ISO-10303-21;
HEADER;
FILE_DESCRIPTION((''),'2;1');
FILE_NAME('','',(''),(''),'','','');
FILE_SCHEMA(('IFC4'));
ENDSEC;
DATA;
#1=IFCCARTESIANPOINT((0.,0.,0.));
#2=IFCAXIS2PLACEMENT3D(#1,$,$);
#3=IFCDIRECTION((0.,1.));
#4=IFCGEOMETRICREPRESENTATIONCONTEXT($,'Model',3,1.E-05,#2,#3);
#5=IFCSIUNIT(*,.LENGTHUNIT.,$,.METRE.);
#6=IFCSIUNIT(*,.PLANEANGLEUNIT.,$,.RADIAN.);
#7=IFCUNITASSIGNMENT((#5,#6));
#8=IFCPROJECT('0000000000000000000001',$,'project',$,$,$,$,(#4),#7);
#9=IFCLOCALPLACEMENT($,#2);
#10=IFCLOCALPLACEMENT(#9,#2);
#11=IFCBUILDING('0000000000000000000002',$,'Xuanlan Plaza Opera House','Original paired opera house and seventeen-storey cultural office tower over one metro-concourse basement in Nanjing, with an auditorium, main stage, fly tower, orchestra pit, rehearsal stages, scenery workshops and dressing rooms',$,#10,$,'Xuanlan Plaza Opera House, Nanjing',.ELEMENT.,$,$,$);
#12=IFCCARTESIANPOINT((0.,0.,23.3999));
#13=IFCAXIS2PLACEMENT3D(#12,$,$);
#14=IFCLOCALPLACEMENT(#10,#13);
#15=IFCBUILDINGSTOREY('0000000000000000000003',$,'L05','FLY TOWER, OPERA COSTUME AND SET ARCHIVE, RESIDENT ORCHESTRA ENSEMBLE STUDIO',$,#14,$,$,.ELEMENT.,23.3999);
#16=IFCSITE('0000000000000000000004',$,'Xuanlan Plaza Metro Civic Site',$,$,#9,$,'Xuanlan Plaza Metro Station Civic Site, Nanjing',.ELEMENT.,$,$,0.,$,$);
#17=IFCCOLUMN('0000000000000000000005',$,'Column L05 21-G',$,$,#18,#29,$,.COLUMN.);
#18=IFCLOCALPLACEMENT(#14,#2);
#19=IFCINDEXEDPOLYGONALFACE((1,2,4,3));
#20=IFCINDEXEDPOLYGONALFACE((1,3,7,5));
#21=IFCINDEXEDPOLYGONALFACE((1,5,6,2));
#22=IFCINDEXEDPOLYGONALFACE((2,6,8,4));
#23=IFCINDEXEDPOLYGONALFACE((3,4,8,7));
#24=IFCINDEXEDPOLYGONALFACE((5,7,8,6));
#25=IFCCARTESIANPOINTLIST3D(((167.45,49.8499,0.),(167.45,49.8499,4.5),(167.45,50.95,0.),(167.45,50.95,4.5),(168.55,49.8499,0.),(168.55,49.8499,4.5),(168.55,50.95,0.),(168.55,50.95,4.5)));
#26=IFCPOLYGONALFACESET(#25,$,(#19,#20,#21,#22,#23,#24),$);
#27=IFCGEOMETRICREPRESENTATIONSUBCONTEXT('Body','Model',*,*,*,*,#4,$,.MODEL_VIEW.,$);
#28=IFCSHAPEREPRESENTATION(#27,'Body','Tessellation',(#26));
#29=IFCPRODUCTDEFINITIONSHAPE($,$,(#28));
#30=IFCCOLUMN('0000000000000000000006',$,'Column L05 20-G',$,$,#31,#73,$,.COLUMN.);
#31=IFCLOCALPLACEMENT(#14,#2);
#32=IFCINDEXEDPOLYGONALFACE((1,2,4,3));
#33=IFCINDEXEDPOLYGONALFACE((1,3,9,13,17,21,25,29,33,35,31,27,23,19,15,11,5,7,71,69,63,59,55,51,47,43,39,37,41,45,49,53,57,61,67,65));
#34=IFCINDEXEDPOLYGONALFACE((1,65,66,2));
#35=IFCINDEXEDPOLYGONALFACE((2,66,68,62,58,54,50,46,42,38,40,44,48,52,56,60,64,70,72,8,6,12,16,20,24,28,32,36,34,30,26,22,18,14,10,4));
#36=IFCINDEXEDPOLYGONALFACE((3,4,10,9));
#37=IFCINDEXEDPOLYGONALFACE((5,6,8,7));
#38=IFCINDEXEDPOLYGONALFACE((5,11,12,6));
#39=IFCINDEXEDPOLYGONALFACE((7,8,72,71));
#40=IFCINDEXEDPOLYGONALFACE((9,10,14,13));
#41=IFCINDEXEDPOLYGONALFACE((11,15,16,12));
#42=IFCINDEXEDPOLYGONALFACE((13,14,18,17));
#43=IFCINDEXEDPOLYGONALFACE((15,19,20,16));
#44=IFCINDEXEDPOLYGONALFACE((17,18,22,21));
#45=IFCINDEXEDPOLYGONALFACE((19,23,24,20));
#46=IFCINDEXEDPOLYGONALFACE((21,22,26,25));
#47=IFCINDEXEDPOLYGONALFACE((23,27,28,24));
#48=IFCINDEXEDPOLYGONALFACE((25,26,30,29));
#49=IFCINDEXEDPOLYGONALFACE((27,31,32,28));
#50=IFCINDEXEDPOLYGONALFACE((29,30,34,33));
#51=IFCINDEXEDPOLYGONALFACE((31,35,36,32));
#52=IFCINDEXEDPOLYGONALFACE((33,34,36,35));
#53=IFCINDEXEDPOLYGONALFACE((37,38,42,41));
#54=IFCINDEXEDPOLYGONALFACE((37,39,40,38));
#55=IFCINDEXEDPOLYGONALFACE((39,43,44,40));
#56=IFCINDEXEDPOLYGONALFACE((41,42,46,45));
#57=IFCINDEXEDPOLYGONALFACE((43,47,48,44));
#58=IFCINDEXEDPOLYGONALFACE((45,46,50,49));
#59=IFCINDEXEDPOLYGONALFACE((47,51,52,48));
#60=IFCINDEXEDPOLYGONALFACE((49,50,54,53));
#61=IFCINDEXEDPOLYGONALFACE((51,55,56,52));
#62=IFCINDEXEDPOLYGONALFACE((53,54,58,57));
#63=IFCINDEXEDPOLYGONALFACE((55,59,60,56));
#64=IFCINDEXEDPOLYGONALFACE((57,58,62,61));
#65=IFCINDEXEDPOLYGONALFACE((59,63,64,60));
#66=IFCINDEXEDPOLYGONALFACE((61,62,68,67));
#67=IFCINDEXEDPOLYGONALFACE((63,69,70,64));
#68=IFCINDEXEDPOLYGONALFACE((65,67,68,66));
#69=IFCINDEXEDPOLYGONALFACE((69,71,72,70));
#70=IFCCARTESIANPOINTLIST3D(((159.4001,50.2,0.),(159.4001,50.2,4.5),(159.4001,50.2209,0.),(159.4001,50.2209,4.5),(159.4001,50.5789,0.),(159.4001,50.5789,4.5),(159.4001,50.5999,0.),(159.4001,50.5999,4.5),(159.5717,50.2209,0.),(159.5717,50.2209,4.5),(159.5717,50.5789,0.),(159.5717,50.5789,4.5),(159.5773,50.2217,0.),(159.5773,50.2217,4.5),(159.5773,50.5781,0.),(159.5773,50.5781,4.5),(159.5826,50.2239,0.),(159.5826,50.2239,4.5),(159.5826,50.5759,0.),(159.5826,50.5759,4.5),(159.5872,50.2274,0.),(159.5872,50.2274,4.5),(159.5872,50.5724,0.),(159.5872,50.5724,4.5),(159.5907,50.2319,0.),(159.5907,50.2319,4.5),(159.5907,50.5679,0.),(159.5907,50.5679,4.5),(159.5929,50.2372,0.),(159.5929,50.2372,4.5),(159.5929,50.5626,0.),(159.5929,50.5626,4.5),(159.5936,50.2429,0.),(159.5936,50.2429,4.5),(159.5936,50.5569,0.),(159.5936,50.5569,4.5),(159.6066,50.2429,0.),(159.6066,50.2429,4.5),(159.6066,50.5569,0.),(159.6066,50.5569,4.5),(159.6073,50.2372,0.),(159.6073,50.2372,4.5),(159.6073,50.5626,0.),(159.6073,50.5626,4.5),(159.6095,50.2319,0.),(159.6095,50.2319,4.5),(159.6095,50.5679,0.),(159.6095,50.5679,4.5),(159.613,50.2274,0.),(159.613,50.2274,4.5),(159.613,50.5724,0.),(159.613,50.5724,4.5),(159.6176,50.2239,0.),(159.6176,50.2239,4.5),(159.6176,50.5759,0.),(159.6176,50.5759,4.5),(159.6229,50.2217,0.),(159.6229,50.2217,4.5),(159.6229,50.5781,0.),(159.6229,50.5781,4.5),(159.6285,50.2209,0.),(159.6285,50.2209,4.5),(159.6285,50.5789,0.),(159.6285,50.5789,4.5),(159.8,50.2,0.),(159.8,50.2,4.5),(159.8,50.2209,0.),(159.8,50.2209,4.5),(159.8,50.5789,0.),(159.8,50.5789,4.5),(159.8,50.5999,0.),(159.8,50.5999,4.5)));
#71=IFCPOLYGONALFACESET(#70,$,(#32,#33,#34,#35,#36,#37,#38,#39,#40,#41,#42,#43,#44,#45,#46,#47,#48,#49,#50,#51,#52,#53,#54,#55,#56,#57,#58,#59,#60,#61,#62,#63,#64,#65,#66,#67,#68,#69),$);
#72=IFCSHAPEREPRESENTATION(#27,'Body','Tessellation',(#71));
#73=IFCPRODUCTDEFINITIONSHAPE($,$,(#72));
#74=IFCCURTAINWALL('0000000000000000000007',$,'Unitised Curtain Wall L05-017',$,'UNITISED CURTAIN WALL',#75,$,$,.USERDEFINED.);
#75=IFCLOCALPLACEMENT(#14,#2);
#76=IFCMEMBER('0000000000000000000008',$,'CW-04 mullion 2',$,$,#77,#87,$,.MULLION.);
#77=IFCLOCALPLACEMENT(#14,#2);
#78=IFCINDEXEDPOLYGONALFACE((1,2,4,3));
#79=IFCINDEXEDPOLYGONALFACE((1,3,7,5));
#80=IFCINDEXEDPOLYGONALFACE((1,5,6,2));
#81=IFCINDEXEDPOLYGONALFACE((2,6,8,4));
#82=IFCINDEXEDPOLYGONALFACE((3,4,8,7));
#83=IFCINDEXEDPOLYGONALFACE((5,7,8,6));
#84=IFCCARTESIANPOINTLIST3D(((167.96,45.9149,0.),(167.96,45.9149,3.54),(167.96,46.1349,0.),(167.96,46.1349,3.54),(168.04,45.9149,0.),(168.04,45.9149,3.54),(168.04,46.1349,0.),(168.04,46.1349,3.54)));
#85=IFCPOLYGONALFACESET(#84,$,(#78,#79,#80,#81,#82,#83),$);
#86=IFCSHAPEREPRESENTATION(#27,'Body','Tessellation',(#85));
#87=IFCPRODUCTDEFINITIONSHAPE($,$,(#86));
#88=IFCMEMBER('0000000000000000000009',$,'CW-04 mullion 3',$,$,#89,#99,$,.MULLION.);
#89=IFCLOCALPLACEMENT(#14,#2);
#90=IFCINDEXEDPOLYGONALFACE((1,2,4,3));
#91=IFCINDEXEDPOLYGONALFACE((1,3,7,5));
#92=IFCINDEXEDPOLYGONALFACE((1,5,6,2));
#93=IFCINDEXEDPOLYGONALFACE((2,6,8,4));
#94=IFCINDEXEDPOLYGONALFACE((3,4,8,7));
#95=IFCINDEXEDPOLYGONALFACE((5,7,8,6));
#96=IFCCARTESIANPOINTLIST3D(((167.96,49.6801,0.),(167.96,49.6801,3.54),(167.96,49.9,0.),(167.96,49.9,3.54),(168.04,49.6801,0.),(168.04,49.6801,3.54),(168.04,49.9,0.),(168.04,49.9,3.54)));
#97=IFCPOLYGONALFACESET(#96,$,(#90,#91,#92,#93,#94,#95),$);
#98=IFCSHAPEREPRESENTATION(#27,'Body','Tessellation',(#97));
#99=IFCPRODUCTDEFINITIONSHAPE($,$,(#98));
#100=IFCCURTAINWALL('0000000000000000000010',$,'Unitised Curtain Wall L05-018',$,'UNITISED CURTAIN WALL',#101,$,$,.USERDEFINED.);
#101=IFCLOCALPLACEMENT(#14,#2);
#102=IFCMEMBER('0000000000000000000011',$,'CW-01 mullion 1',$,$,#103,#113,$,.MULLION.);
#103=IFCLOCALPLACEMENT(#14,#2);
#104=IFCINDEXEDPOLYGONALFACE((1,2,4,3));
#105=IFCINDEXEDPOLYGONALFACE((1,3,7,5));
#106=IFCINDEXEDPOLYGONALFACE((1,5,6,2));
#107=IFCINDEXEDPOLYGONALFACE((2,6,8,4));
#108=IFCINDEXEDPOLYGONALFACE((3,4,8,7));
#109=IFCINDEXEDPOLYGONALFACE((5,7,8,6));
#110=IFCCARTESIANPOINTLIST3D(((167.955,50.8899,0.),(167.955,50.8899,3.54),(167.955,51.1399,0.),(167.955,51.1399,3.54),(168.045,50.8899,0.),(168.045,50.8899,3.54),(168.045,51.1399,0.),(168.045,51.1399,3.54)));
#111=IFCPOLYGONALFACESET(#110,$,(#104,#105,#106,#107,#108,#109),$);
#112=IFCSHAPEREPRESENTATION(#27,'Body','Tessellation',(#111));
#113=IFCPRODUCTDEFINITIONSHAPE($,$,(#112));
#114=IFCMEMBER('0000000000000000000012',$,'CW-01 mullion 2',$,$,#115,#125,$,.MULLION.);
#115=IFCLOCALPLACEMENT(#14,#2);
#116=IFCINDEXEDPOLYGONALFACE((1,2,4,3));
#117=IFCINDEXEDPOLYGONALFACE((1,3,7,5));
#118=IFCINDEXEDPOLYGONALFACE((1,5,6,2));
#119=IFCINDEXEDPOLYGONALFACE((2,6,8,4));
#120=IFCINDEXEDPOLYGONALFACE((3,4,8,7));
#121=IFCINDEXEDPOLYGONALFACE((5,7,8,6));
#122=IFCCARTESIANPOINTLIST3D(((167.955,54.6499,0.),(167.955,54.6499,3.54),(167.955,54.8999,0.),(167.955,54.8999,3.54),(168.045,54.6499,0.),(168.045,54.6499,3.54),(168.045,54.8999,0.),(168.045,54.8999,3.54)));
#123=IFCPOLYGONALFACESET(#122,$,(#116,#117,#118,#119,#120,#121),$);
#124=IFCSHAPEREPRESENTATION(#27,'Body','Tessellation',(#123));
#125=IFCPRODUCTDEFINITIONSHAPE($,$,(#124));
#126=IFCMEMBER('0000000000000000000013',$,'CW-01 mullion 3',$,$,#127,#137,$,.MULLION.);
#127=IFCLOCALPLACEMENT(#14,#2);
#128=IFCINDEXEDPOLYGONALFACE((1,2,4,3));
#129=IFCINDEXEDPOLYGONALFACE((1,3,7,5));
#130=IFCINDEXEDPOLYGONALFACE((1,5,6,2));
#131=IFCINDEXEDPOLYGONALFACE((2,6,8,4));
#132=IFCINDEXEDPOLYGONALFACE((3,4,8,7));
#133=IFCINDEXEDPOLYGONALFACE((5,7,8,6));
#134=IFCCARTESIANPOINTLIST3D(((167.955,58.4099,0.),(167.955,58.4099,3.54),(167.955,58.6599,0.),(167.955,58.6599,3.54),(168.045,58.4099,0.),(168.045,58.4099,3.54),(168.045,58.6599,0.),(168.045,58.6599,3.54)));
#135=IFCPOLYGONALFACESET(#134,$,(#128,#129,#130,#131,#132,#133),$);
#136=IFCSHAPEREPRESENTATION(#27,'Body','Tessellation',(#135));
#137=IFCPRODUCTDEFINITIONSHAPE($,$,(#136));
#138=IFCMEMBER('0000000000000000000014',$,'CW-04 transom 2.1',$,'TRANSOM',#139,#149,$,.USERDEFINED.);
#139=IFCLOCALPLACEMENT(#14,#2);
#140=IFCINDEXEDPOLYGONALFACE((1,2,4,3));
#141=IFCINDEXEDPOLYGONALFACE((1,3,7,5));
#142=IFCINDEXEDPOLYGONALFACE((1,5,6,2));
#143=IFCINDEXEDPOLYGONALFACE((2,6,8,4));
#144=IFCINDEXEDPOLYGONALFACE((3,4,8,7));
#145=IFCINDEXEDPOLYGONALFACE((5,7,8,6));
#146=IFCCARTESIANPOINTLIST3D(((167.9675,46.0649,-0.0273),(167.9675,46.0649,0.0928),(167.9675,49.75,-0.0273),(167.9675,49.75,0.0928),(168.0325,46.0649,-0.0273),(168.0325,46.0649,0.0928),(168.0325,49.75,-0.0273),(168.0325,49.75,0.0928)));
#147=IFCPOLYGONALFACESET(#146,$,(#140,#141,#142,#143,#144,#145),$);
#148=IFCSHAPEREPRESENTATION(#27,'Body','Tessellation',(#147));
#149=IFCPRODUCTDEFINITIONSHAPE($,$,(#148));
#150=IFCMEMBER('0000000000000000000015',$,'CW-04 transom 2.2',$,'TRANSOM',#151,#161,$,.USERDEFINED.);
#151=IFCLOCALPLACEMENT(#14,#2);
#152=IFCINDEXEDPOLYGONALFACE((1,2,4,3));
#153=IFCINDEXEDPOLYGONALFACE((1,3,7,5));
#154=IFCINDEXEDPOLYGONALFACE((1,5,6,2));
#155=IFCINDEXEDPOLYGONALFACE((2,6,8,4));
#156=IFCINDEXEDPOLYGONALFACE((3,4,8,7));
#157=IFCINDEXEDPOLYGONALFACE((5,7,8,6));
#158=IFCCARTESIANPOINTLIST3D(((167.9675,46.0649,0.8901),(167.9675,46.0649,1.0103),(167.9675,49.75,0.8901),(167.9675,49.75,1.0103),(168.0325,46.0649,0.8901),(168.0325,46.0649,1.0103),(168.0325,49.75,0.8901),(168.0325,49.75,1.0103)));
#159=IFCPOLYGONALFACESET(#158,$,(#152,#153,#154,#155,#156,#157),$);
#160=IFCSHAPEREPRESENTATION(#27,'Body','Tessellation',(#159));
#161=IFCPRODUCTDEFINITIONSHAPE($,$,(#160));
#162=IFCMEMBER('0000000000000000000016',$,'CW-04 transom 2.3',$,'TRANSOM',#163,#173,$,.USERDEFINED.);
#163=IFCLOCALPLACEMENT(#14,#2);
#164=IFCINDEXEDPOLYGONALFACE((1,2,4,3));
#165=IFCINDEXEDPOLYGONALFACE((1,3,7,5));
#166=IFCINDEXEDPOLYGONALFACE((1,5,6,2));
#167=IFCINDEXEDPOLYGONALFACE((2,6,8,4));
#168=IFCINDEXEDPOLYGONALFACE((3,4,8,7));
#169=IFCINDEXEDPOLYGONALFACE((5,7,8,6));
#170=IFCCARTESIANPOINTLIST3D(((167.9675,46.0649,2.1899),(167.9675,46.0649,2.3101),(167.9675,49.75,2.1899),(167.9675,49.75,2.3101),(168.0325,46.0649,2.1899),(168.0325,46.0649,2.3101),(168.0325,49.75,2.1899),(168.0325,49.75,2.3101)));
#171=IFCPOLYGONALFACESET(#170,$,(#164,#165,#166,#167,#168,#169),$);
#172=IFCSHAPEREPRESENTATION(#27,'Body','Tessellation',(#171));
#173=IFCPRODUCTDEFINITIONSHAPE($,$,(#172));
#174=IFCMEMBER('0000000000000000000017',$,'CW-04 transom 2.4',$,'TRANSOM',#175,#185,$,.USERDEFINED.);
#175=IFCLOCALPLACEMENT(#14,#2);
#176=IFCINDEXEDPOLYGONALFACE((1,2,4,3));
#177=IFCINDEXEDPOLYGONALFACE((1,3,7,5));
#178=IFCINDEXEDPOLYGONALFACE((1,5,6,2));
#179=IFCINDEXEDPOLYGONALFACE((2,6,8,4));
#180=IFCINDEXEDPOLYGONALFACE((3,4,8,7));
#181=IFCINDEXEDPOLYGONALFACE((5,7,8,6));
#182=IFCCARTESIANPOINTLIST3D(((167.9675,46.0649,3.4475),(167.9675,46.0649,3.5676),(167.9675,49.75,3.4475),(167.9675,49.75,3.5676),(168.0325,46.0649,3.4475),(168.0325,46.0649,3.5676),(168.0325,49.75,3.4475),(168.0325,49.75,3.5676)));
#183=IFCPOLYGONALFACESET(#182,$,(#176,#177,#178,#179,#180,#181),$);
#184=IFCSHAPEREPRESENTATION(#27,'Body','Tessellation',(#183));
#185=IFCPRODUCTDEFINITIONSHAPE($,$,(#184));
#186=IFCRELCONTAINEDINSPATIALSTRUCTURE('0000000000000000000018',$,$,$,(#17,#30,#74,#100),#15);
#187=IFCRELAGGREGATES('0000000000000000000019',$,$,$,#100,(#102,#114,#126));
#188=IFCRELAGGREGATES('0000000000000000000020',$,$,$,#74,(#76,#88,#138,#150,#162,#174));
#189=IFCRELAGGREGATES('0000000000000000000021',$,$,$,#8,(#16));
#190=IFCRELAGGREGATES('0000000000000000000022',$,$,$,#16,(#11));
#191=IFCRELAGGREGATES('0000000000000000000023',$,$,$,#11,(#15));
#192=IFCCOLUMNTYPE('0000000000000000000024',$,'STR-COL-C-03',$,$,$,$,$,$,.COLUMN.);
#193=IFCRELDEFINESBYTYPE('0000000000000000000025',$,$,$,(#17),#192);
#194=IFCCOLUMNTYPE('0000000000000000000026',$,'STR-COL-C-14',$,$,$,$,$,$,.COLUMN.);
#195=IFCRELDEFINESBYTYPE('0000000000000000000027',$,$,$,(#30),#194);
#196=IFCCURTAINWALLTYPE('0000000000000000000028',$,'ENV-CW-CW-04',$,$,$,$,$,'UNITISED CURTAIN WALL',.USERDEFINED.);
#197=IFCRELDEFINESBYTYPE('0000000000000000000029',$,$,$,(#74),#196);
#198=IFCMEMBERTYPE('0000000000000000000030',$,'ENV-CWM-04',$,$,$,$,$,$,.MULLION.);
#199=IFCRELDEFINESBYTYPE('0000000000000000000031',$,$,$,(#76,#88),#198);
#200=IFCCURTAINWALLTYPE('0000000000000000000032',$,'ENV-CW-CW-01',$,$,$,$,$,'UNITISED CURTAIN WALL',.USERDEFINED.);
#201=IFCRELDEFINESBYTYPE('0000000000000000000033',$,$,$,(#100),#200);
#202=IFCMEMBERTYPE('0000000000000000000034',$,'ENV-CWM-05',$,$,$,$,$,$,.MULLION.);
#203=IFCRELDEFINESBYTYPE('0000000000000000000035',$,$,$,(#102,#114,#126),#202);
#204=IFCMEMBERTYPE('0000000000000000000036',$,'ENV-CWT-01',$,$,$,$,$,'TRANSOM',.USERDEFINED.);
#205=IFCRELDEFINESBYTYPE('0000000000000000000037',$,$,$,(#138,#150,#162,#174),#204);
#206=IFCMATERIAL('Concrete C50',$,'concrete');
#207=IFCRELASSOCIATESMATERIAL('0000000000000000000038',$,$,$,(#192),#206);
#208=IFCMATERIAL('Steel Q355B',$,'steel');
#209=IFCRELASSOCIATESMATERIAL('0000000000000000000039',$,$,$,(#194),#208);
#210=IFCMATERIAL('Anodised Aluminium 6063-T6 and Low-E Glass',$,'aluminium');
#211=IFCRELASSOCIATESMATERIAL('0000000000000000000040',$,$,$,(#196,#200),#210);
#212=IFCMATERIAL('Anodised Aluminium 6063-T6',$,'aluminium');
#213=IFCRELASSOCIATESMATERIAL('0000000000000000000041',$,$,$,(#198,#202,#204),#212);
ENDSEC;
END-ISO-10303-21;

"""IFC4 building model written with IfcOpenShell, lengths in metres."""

from ifc_helpers import new_model, si_unit, direction, frame, origin, origin_2d, place, context, subcontext, project, spatial, rectangle, i_section, extrude, material, material_profile, profile_set, type_object, element, aggregate, save


model = new_model("IFC4")

# Units and contexts
model_context = context("Model", 3, precision=1e-05, world=origin(), true_north=direction((0.0, 1.0)))
body_context = subcontext(model_context, "Body", "Model", "MODEL_VIEW")
ifc_project = project(units=[si_unit("LENGTHUNIT", "METRE"), si_unit("PLANEANGLEUNIT", "RADIAN")], contexts=[model_context])

# Site, building, storey
site_placement = place(None, origin())
site = spatial("IfcSite", under=ifc_project, at=site_placement, Name="Xuanlan Plaza Metro Civic Site", LongName="Xuanlan Plaza Metro Station Civic Site, Nanjing", CompositionType="ELEMENT", RefElevation=0.0)
building_placement = place(site_placement, origin())
building = spatial("IfcBuilding", under=site, at=building_placement, Name="Xuanlan Plaza Opera House", Description="Original paired opera house and seventeen-storey cultural office tower over one metro-concourse basement in Nanjing, with an auditorium, main stage, fly tower, orchestra pit, rehearsal stages, scenery workshops and dressing rooms", LongName="Xuanlan Plaza Opera House, Nanjing", CompositionType="ELEMENT")
storey_placement = place(building_placement, frame((0.0, 0.0, 23.3999)))
storey = spatial("IfcBuildingStorey", under=building, at=storey_placement, Name="L05", Description="FLY TOWER, OPERA COSTUME AND SET ARCHIVE, RESIDENT ORCHESTRA ENSEMBLE STUDIO", CompositionType="ELEMENT", Elevation=23.3999)

# Columns
ifc_material_1 = material(Name="Concrete C50", Category="concrete")
ifc_material_profile_1 = material_profile(ifc_material_1, rectangle(XDim=1.1001, YDim=1.1001, at=origin_2d()), Name="RC-COL 1100x1100")
ifc_profile_set_1 = profile_set([ifc_material_profile_1], Name="Concrete C50")
column_type_1 = type_object("IfcColumnType", Name="STR-COL-C-03", PredefinedType="COLUMN", material=ifc_profile_set_1)
column_1_placement = place(storey_placement, frame((168.0, 50.3999, 0.0), z_axis=(0.0, 0.0, 1.0), x_axis=(1.0, 0.0, 0.0)))
element("IfcColumn", 1, at=column_1_placement, inside=storey, type_object=column_type_1, Name="Column L05 21-G", PredefinedType="COLUMN", context=body_context, shape_type="SweptSolid", body=[
    extrude(rectangle(XDim=1.1001, YDim=1.1001, at=origin_2d()), origin(), (0.0, 0.0, 1.0), 4.5),
])
ifc_material_2 = material(Name="Steel Q355B", Category="steel")
ifc_material_profile_2 = material_profile(ifc_material_2, i_section(OverallWidth=0.3999, OverallDepth=0.3999, WebThickness=0.0129, FlangeThickness=0.021, FilletRadius=0.022, at=origin_2d()), Name="HW 400x400x13x21")
ifc_profile_set_2 = profile_set([ifc_material_profile_2], Name="Steel Q355B")
column_type_2 = type_object("IfcColumnType", Name="STR-COL-C-14", PredefinedType="COLUMN", material=ifc_profile_set_2)
column_2_placement = place(storey_placement, frame((159.6001, 50.3999, 0.0), z_axis=(0.0, 0.0, 1.0), x_axis=(1.0, 0.0, 0.0)))
element("IfcColumn", 2, at=column_2_placement, inside=storey, type_object=column_type_2, Name="Column L05 20-G", PredefinedType="COLUMN", context=body_context, shape_type="SweptSolid", body=[
    extrude(i_section(OverallWidth=0.3999, OverallDepth=0.3999, WebThickness=0.0129, FlangeThickness=0.021, FilletRadius=0.022, at=origin_2d()), origin(), (0.0, 0.0, 1.0), 4.5),
])

# Curtain walls, members
ifc_material_3 = material(Name="Anodised Aluminium 6063-T6 and Low-E Glass", Category="aluminium")
curtain_wall_type_1 = type_object("IfcCurtainWallType", Name="ENV-CW-CW-04", ElementType="UNITISED CURTAIN WALL", PredefinedType="USERDEFINED", material=ifc_material_3)
curtain_wall_1_placement = place(storey_placement, origin())
curtain_wall_1 = element("IfcCurtainWall", 3, at=curtain_wall_1_placement, inside=storey, type_object=curtain_wall_type_1, Name="Unitised Curtain Wall L05-017", ObjectType="UNITISED CURTAIN WALL", PredefinedType="USERDEFINED")
ifc_material_4 = material(Name="Anodised Aluminium 6063-T6", Category="aluminium")
ifc_material_profile_3 = material_profile(ifc_material_4, rectangle(XDim=0.0801, YDim=0.22, at=origin_2d()), Name="ALU-M 80x220")
ifc_profile_set_3 = profile_set([ifc_material_profile_3], Name="Anodised Aluminium 6063-T6")
member_type_1 = type_object("IfcMemberType", Name="ENV-CWM-04", PredefinedType="MULLION", material=ifc_profile_set_3)
member_1_placement = place(storey_placement, frame((168.0, 46.0249, 0.0), z_axis=(0.0, 0.0, 1.0), x_axis=(-1.0, 0.0, 0.0)))
member_1 = element("IfcMember", 4, at=member_1_placement, type_object=member_type_1, Name="CW-04 mullion 2", PredefinedType="MULLION", context=body_context, shape_type="SweptSolid", body=[
    extrude(rectangle(XDim=0.0801, YDim=0.22, at=origin_2d()), origin(), (0.0, 0.0, 1.0), 3.54),
])
member_2_placement = place(storey_placement, frame((168.0, 49.79, 0.0), z_axis=(0.0, 0.0, 1.0), x_axis=(-1.0, 0.0, 0.0)))
member_2 = element("IfcMember", 5, at=member_2_placement, type_object=member_type_1, Name="CW-04 mullion 3", PredefinedType="MULLION", context=body_context, shape_type="SweptSolid", body=[
    extrude(rectangle(XDim=0.0801, YDim=0.22, at=origin_2d()), origin(), (0.0, 0.0, 1.0), 3.54),
])
curtain_wall_type_2 = type_object("IfcCurtainWallType", Name="ENV-CW-CW-01", ElementType="UNITISED CURTAIN WALL", PredefinedType="USERDEFINED", material=ifc_material_3)
curtain_wall_2_placement = place(storey_placement, origin())
curtain_wall_2 = element("IfcCurtainWall", 6, at=curtain_wall_2_placement, inside=storey, type_object=curtain_wall_type_2, Name="Unitised Curtain Wall L05-018", ObjectType="UNITISED CURTAIN WALL", PredefinedType="USERDEFINED")
ifc_material_profile_4 = material_profile(ifc_material_4, rectangle(XDim=0.0901, YDim=0.25, at=origin_2d()), Name="ALU-M 90x250")
ifc_profile_set_4 = profile_set([ifc_material_profile_4], Name="Anodised Aluminium 6063-T6")
member_type_2 = type_object("IfcMemberType", Name="ENV-CWM-05", PredefinedType="MULLION", material=ifc_profile_set_4)
member_3_placement = place(storey_placement, frame((168.0, 51.0149, 0.0), z_axis=(0.0, 0.0, 1.0), x_axis=(-1.0, 0.0, 0.0)))
member_3 = element("IfcMember", 7, at=member_3_placement, type_object=member_type_2, Name="CW-01 mullion 1", PredefinedType="MULLION", context=body_context, shape_type="SweptSolid", body=[
    extrude(rectangle(XDim=0.0901, YDim=0.25, at=origin_2d()), origin(), (0.0, 0.0, 1.0), 3.54),
])
member_4_placement = place(storey_placement, frame((168.0, 54.7749, 0.0), z_axis=(0.0, 0.0, 1.0), x_axis=(-1.0, 0.0, 0.0)))
member_4 = element("IfcMember", 8, at=member_4_placement, type_object=member_type_2, Name="CW-01 mullion 2", PredefinedType="MULLION", context=body_context, shape_type="SweptSolid", body=[
    extrude(rectangle(XDim=0.0901, YDim=0.25, at=origin_2d()), origin(), (0.0, 0.0, 1.0), 3.54),
])
member_5_placement = place(storey_placement, frame((168.0, 58.5349, 0.0), z_axis=(0.0, 0.0, 1.0), x_axis=(-1.0, 0.0, 0.0)))
member_5 = element("IfcMember", 9, at=member_5_placement, type_object=member_type_2, Name="CW-01 mullion 3", PredefinedType="MULLION", context=body_context, shape_type="SweptSolid", body=[
    extrude(rectangle(XDim=0.0901, YDim=0.25, at=origin_2d()), origin(), (0.0, 0.0, 1.0), 3.54),
])

# Members
ifc_material_profile_5 = material_profile(ifc_material_4, rectangle(XDim=0.0649, YDim=0.1201, at=origin_2d()), Name="ALU-T 65x120")
ifc_profile_set_5 = profile_set([ifc_material_profile_5], Name="Anodised Aluminium 6063-T6")
member_type_3 = type_object("IfcMemberType", Name="ENV-CWT-01", ElementType="TRANSOM", PredefinedType="USERDEFINED", material=ifc_profile_set_5)
member_6_placement = place(storey_placement, frame((168.0, 46.0649, 0.0327), z_axis=(0.0, 1.0, 0.0), x_axis=(-1.0, 0.0, 0.0)))
member_6 = element("IfcMember", 10, at=member_6_placement, type_object=member_type_3, Name="CW-04 transom 2.1", ObjectType="TRANSOM", PredefinedType="USERDEFINED", context=body_context, shape_type="SweptSolid", body=[
    extrude(rectangle(XDim=0.0649, YDim=0.1201, at=origin_2d()), origin(), (0.0, 0.0, 1.0), 3.6851),
])
member_7_placement = place(storey_placement, frame((168.0, 46.0649, 0.9502), z_axis=(0.0, 1.0, 0.0), x_axis=(-1.0, 0.0, 0.0)))
member_7 = element("IfcMember", 11, at=member_7_placement, type_object=member_type_3, Name="CW-04 transom 2.2", ObjectType="TRANSOM", PredefinedType="USERDEFINED", context=body_context, shape_type="SweptSolid", body=[
    extrude(rectangle(XDim=0.0649, YDim=0.1201, at=origin_2d()), origin(), (0.0, 0.0, 1.0), 3.6851),
])
member_8_placement = place(storey_placement, frame((168.0, 46.0649, 2.25), z_axis=(0.0, 1.0, 0.0), x_axis=(-1.0, 0.0, 0.0)))
member_8 = element("IfcMember", 12, at=member_8_placement, type_object=member_type_3, Name="CW-04 transom 2.3", ObjectType="TRANSOM", PredefinedType="USERDEFINED", context=body_context, shape_type="SweptSolid", body=[
    extrude(rectangle(XDim=0.0649, YDim=0.1201, at=origin_2d()), origin(), (0.0, 0.0, 1.0), 3.6851),
])
member_9_placement = place(storey_placement, frame((168.0, 46.0649, 3.5076), z_axis=(0.0, 1.0, 0.0), x_axis=(-1.0, 0.0, 0.0)))
member_9 = element("IfcMember", 13, at=member_9_placement, type_object=member_type_3, Name="CW-04 transom 2.4", ObjectType="TRANSOM", PredefinedType="USERDEFINED", context=body_context, shape_type="SweptSolid", body=[
    extrude(rectangle(XDim=0.0649, YDim=0.1201, at=origin_2d()), origin(), (0.0, 0.0, 1.0), 3.6851),
])

aggregate(curtain_wall_2, [member_3, member_4, member_5])
aggregate(curtain_wall_1, [member_1, member_2, member_6, member_7, member_8, member_9])

save(model, "model.ifc")
